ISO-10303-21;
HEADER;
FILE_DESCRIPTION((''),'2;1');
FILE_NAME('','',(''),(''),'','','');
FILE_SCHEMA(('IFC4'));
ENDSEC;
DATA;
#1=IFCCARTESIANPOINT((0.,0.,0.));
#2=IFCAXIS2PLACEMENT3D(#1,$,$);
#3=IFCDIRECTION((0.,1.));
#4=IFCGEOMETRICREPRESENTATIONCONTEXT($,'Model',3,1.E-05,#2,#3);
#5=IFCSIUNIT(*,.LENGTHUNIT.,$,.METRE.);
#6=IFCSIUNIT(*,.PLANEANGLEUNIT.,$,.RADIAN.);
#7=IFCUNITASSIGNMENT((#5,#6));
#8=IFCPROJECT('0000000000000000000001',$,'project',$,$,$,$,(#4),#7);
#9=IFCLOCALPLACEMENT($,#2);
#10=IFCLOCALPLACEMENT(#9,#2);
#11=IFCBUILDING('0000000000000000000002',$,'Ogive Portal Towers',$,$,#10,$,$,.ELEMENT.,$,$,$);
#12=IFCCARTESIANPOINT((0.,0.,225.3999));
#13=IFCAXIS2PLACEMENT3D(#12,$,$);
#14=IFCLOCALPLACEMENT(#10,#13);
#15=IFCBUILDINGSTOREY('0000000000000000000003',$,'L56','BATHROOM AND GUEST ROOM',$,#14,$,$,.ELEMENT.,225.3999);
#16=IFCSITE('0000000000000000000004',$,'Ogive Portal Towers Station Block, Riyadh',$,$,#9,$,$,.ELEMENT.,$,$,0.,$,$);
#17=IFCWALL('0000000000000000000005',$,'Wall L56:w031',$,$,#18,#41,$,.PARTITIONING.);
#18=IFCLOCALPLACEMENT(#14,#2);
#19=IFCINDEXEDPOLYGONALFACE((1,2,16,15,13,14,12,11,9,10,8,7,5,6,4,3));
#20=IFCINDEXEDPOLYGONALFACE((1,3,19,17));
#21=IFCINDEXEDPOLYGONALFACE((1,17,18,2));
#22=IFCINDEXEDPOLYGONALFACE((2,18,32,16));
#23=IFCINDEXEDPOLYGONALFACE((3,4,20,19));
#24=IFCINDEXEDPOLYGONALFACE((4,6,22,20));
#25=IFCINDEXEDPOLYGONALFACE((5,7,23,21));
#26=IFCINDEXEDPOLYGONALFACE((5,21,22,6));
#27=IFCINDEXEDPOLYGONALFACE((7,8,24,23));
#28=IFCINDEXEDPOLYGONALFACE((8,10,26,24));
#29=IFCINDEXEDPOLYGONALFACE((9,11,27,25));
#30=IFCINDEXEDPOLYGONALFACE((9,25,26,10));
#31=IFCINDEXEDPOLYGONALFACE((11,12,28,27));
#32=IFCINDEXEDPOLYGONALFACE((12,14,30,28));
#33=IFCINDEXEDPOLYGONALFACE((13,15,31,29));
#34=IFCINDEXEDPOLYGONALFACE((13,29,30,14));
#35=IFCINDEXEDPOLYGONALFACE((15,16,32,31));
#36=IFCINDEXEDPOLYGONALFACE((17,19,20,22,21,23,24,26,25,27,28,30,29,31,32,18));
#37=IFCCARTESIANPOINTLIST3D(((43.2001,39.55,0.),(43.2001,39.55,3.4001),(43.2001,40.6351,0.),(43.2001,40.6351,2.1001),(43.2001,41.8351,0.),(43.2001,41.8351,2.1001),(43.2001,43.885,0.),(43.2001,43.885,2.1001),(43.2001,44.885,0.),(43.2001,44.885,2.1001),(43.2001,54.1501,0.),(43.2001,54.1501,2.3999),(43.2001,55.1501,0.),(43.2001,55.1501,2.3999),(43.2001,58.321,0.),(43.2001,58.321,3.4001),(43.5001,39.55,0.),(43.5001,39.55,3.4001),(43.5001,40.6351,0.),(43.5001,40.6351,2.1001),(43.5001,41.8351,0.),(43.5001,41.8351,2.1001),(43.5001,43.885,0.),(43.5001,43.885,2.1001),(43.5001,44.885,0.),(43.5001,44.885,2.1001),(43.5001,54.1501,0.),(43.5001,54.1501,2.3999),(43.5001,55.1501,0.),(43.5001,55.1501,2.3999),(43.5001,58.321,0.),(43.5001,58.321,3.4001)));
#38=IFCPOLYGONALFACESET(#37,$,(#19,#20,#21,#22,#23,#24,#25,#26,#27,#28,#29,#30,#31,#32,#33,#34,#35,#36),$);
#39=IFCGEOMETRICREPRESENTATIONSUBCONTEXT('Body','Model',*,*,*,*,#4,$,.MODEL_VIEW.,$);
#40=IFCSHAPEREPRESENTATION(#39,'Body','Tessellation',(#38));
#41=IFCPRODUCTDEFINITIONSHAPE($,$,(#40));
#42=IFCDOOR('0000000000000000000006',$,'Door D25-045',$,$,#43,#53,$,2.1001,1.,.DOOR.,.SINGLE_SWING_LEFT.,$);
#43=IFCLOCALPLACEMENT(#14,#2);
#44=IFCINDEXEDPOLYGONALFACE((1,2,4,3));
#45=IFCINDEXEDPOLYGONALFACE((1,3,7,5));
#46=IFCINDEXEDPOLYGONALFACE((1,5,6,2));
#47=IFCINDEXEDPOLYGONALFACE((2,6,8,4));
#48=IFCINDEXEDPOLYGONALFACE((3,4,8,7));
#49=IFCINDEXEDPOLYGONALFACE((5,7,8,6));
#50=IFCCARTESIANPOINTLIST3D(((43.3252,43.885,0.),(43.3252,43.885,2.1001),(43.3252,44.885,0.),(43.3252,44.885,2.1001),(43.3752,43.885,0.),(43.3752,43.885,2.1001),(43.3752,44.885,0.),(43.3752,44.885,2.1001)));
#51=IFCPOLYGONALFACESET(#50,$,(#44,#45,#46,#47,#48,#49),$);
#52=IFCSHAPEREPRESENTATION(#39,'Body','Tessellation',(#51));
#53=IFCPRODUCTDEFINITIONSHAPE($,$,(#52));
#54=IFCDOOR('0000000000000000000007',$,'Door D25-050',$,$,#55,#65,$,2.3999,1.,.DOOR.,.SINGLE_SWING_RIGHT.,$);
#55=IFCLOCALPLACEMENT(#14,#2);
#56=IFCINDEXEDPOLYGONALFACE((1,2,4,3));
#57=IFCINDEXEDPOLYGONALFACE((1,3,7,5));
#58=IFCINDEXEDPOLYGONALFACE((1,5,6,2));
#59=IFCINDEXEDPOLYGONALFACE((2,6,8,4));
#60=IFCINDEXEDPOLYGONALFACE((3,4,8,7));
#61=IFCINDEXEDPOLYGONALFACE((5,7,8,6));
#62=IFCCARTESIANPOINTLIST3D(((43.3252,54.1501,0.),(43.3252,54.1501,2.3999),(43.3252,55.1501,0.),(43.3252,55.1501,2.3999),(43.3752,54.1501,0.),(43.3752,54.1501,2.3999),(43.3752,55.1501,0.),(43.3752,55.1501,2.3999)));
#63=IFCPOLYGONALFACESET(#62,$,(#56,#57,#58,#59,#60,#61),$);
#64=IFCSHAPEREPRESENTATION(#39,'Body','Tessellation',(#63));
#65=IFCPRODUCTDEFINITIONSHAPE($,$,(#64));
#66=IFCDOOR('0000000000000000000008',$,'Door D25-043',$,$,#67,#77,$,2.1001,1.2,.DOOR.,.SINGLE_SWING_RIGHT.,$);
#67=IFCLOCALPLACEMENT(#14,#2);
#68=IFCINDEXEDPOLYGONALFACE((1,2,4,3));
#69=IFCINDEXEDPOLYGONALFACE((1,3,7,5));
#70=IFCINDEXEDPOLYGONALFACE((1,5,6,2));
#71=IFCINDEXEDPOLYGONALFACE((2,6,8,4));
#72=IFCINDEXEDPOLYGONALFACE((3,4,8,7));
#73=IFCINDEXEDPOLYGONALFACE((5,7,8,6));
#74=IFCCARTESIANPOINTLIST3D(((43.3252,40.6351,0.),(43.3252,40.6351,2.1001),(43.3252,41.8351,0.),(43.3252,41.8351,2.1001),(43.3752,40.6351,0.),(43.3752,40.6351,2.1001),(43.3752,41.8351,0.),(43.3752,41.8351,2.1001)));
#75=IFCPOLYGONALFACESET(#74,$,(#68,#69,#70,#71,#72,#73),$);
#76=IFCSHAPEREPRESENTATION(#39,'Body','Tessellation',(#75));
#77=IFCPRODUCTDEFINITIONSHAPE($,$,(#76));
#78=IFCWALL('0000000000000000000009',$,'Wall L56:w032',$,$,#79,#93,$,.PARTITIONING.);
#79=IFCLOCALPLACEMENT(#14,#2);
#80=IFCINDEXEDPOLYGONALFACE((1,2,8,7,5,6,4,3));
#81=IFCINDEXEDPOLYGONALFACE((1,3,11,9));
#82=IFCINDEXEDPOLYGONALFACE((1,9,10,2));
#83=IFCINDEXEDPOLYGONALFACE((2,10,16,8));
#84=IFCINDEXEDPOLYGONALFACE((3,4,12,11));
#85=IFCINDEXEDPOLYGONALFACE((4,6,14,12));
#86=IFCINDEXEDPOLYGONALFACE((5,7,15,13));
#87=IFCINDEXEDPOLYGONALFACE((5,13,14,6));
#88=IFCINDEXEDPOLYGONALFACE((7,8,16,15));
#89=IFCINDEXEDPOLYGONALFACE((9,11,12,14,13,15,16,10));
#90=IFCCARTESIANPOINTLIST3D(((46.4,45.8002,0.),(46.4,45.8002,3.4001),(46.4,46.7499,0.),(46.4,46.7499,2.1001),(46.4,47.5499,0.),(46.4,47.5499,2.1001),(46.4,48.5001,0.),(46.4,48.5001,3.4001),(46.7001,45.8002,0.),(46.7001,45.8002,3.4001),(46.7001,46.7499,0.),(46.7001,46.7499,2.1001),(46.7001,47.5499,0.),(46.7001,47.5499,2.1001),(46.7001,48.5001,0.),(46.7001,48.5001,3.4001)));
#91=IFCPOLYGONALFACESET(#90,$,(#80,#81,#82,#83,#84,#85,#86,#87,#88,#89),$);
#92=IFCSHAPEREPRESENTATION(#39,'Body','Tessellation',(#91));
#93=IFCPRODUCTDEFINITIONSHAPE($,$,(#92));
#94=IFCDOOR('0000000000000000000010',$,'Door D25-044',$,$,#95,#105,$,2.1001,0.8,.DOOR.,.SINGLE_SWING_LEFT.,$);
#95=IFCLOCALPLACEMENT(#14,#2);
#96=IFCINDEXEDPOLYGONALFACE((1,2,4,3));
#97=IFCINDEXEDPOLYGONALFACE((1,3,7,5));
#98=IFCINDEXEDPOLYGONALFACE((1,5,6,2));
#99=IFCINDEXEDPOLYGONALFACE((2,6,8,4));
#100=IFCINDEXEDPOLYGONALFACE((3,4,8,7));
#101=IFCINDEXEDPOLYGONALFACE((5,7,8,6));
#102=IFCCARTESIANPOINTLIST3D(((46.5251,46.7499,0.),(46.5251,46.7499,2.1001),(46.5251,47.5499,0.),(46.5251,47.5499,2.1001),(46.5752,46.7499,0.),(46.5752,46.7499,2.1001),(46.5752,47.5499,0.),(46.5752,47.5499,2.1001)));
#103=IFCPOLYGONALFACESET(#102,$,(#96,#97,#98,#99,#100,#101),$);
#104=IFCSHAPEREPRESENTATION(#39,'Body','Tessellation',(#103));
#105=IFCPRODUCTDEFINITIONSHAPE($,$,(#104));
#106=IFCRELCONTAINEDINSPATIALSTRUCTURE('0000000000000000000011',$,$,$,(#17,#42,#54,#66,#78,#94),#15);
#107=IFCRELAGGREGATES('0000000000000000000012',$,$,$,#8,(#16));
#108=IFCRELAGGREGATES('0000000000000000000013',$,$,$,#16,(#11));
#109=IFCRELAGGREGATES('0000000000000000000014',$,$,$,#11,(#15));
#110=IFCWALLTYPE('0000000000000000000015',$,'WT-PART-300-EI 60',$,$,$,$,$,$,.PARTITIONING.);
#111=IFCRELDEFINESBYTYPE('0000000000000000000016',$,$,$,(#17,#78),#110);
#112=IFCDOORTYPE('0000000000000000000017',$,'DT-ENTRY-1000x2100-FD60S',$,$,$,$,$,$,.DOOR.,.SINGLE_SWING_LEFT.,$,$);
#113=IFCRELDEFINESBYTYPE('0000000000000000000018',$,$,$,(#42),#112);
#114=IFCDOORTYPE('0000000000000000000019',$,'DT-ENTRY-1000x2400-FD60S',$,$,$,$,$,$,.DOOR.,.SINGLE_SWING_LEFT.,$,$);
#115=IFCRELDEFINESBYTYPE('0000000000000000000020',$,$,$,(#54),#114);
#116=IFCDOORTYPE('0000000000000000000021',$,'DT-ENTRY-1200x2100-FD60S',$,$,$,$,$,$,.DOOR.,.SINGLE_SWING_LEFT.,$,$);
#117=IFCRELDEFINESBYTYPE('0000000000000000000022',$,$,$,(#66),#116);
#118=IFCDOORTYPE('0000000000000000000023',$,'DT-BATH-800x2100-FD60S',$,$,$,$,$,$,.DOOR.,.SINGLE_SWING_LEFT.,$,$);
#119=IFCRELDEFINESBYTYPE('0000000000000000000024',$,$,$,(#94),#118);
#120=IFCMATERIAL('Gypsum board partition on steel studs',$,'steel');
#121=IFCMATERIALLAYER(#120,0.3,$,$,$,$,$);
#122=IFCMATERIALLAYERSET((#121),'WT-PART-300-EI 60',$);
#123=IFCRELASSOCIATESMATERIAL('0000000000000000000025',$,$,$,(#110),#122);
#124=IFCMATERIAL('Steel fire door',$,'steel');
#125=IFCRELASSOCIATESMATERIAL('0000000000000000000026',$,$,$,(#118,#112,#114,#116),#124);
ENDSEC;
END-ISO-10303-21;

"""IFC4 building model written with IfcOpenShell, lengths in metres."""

from ifc_helpers import new_model, si_unit, direction, frame, frame_2d, origin, place, context, subcontext, project, spatial, rectangle, extrude, material, layer, layer_set, type_object, element, fill, save


model = new_model("IFC4")

# Units and contexts
model_context = context("Model", 3, precision=1e-05, world=origin(), true_north=direction((0.0, 1.0)))
body_context = subcontext(model_context, "Body", "Model", "MODEL_VIEW")
ifc_project = project(units=[si_unit("LENGTHUNIT", "METRE"), si_unit("PLANEANGLEUNIT", "RADIAN")], contexts=[model_context])

# Site, building, storey
site_placement = place(None, origin())
site = spatial("IfcSite", under=ifc_project, at=site_placement, Name="Ogive Portal Towers Station Block, Riyadh", CompositionType="ELEMENT", RefElevation=0.0)
building_placement = place(site_placement, origin())
building = spatial("IfcBuilding", under=site, at=building_placement, Name="Ogive Portal Towers", CompositionType="ELEMENT")
storey_placement = place(building_placement, frame((0.0, 0.0, 225.3999)))
storey = spatial("IfcBuildingStorey", under=building, at=storey_placement, Name="L56", Description="BATHROOM AND GUEST ROOM", CompositionType="ELEMENT", Elevation=225.3999)

# Shared definitions
ifc_material_1 = material(Name="Gypsum board partition on steel studs", Category="steel")
ifc_layer = layer(ifc_material_1, 0.3)
ifc_layer_set = layer_set([ifc_layer], Name="WT-PART-300-EI 60")
wall_type = type_object("IfcWallType", Name="WT-PART-300-EI 60", PredefinedType="PARTITIONING", material=ifc_layer_set)

# Wall, openings, doors
ifc_material_2 = material(Name="Steel fire door", Category="steel")
door_type_1 = type_object("IfcDoorType", Name="DT-BATH-800x2100-FD60S", OperationType="SINGLE_SWING_LEFT", PredefinedType="DOOR", material=ifc_material_2)
wall_1_placement = place(storey_placement, frame((43.3501, 39.55, 0.0), z_axis=(0.0, 0.0, 1.0), x_axis=(0.0, 1.0, 0.0)))
wall_1 = element("IfcWall", 1, at=wall_1_placement, inside=storey, type_object=wall_type, Name="Wall L56:w031", PredefinedType="PARTITIONING", context=body_context, shape_type="SweptSolid", body=[
    extrude(rectangle(XDim=18.771, YDim=0.3, at=frame_2d((9.3855, 0.0))), origin(), (0.0, 0.0, 1.0), 3.4001),
])
opening_1_placement = place(wall_1_placement, frame((1.085, 0.0, 0.0)))
opening_1 = element("IfcOpeningElement", 2, at=opening_1_placement, cuts=wall_1, PredefinedType="OPENING", context=body_context, shape_type="SweptSolid", body=[
    extrude(rectangle(XDim=1.2, YDim=2.1001, at=frame_2d((0.6001, 1.05))), frame((0.0, 0.1602, 0.0), z_axis=(0.0, -1.0, 0.0), x_axis=(1.0, 0.0, 0.0)), (0.0, 0.0, 1.0), 0.3201),
])
opening_2_placement = place(wall_1_placement, frame((4.335, 0.0, 0.0)))
opening_2 = element("IfcOpeningElement", 3, at=opening_2_placement, cuts=wall_1, PredefinedType="OPENING", context=body_context, shape_type="SweptSolid", body=[
    extrude(rectangle(XDim=1.0, YDim=2.1001, at=frame_2d((0.5, 1.05))), frame((0.0, 0.1602, 0.0), z_axis=(0.0, -1.0, 0.0), x_axis=(1.0, 0.0, 0.0)), (0.0, 0.0, 1.0), 0.3201),
])
opening_3_placement = place(wall_1_placement, frame((14.6001, 0.0, 0.0)))
opening_3 = element("IfcOpeningElement", 4, at=opening_3_placement, cuts=wall_1, PredefinedType="OPENING", context=body_context, shape_type="SweptSolid", body=[
    extrude(rectangle(XDim=1.0, YDim=2.3999, at=frame_2d((0.5, 1.2))), frame((0.0, 0.1602, 0.0), z_axis=(0.0, -1.0, 0.0), x_axis=(1.0, 0.0, 0.0)), (0.0, 0.0, 1.0), 0.3201),
])
door_type_2 = type_object("IfcDoorType", Name="DT-ENTRY-1000x2100-FD60S", OperationType="SINGLE_SWING_LEFT", PredefinedType="DOOR", material=ifc_material_2)
door_1_placement = place(opening_2_placement, origin())
door_1 = element("IfcDoor", 5, at=door_1_placement, inside=storey, type_object=door_type_2, Name="Door D25-045", OperationType="SINGLE_SWING_LEFT", OverallHeight=2.1001, OverallWidth=1.0, PredefinedType="DOOR", context=body_context, shape_type="SweptSolid", body=[
    extrude(rectangle(XDim=1.0, YDim=2.1001, at=frame_2d((0.5, 1.05))), frame((0.0, 0.0249, 0.0), z_axis=(0.0, -1.0, 0.0), x_axis=(1.0, 0.0, 0.0)), (0.0, 0.0, 1.0), 0.05),
])
fill(opening_2, door_1)
door_type_3 = type_object("IfcDoorType", Name="DT-ENTRY-1000x2400-FD60S", OperationType="SINGLE_SWING_LEFT", PredefinedType="DOOR", material=ifc_material_2)
door_2_placement = place(opening_3_placement, origin())
door_2 = element("IfcDoor", 6, at=door_2_placement, inside=storey, type_object=door_type_3, Name="Door D25-050", OperationType="SINGLE_SWING_RIGHT", OverallHeight=2.3999, OverallWidth=1.0, PredefinedType="DOOR", context=body_context, shape_type="SweptSolid", body=[
    extrude(rectangle(XDim=1.0, YDim=2.3999, at=frame_2d((0.5, 1.2))), frame((0.0, 0.0249, 0.0), z_axis=(0.0, -1.0, 0.0), x_axis=(1.0, 0.0, 0.0)), (0.0, 0.0, 1.0), 0.05),
])
fill(opening_3, door_2)
door_type_4 = type_object("IfcDoorType", Name="DT-ENTRY-1200x2100-FD60S", OperationType="SINGLE_SWING_LEFT", PredefinedType="DOOR", material=ifc_material_2)
door_3_placement = place(opening_1_placement, origin())
door_3 = element("IfcDoor", 7, at=door_3_placement, inside=storey, type_object=door_type_4, Name="Door D25-043", OperationType="SINGLE_SWING_RIGHT", OverallHeight=2.1001, OverallWidth=1.2, PredefinedType="DOOR", context=body_context, shape_type="SweptSolid", body=[
    extrude(rectangle(XDim=1.2, YDim=2.1001, at=frame_2d((0.6001, 1.05))), frame((0.0, 0.0249, 0.0), z_axis=(0.0, -1.0, 0.0), x_axis=(1.0, 0.0, 0.0)), (0.0, 0.0, 1.0), 0.05),
])
fill(opening_1, door_3)

# Wall, opening, door
wall_2_placement = place(storey_placement, frame((46.55, 45.8, 0.0), z_axis=(0.0, 0.0, 1.0), x_axis=(0.0, 1.0, 0.0)))
wall_2 = element("IfcWall", 8, at=wall_2_placement, inside=storey, type_object=wall_type, Name="Wall L56:w032", PredefinedType="PARTITIONING", context=body_context, shape_type="SweptSolid", body=[
    extrude(rectangle(XDim=2.7, YDim=0.3, at=frame_2d((1.3501, 0.0))), origin(), (0.0, 0.0, 1.0), 3.4001),
])
opening_4_placement = place(wall_2_placement, frame((0.95, 0.0, 0.0)))
opening_4 = element("IfcOpeningElement", 9, at=opening_4_placement, cuts=wall_2, PredefinedType="OPENING", context=body_context, shape_type="SweptSolid", body=[
    extrude(rectangle(XDim=0.8, YDim=2.1001, at=frame_2d((0.3999, 1.05))), frame((0.0, 0.1602, 0.0), z_axis=(0.0, -1.0, 0.0), x_axis=(1.0, 0.0, 0.0)), (0.0, 0.0, 1.0), 0.3201),
])
door_4_placement = place(opening_4_placement, origin())
door_4 = element("IfcDoor", 10, at=door_4_placement, inside=storey, type_object=door_type_1, Name="Door D25-044", OperationType="SINGLE_SWING_LEFT", OverallHeight=2.1001, OverallWidth=0.8, PredefinedType="DOOR", context=body_context, shape_type="SweptSolid", body=[
    extrude(rectangle(XDim=0.8, YDim=2.1001, at=frame_2d((0.3999, 1.05))), frame((0.0, 0.0249, 0.0), z_axis=(0.0, -1.0, 0.0), x_axis=(1.0, 0.0, 0.0)), (0.0, 0.0, 1.0), 0.05),
])
fill(opening_4, door_4)

save(model, "model.ifc")
